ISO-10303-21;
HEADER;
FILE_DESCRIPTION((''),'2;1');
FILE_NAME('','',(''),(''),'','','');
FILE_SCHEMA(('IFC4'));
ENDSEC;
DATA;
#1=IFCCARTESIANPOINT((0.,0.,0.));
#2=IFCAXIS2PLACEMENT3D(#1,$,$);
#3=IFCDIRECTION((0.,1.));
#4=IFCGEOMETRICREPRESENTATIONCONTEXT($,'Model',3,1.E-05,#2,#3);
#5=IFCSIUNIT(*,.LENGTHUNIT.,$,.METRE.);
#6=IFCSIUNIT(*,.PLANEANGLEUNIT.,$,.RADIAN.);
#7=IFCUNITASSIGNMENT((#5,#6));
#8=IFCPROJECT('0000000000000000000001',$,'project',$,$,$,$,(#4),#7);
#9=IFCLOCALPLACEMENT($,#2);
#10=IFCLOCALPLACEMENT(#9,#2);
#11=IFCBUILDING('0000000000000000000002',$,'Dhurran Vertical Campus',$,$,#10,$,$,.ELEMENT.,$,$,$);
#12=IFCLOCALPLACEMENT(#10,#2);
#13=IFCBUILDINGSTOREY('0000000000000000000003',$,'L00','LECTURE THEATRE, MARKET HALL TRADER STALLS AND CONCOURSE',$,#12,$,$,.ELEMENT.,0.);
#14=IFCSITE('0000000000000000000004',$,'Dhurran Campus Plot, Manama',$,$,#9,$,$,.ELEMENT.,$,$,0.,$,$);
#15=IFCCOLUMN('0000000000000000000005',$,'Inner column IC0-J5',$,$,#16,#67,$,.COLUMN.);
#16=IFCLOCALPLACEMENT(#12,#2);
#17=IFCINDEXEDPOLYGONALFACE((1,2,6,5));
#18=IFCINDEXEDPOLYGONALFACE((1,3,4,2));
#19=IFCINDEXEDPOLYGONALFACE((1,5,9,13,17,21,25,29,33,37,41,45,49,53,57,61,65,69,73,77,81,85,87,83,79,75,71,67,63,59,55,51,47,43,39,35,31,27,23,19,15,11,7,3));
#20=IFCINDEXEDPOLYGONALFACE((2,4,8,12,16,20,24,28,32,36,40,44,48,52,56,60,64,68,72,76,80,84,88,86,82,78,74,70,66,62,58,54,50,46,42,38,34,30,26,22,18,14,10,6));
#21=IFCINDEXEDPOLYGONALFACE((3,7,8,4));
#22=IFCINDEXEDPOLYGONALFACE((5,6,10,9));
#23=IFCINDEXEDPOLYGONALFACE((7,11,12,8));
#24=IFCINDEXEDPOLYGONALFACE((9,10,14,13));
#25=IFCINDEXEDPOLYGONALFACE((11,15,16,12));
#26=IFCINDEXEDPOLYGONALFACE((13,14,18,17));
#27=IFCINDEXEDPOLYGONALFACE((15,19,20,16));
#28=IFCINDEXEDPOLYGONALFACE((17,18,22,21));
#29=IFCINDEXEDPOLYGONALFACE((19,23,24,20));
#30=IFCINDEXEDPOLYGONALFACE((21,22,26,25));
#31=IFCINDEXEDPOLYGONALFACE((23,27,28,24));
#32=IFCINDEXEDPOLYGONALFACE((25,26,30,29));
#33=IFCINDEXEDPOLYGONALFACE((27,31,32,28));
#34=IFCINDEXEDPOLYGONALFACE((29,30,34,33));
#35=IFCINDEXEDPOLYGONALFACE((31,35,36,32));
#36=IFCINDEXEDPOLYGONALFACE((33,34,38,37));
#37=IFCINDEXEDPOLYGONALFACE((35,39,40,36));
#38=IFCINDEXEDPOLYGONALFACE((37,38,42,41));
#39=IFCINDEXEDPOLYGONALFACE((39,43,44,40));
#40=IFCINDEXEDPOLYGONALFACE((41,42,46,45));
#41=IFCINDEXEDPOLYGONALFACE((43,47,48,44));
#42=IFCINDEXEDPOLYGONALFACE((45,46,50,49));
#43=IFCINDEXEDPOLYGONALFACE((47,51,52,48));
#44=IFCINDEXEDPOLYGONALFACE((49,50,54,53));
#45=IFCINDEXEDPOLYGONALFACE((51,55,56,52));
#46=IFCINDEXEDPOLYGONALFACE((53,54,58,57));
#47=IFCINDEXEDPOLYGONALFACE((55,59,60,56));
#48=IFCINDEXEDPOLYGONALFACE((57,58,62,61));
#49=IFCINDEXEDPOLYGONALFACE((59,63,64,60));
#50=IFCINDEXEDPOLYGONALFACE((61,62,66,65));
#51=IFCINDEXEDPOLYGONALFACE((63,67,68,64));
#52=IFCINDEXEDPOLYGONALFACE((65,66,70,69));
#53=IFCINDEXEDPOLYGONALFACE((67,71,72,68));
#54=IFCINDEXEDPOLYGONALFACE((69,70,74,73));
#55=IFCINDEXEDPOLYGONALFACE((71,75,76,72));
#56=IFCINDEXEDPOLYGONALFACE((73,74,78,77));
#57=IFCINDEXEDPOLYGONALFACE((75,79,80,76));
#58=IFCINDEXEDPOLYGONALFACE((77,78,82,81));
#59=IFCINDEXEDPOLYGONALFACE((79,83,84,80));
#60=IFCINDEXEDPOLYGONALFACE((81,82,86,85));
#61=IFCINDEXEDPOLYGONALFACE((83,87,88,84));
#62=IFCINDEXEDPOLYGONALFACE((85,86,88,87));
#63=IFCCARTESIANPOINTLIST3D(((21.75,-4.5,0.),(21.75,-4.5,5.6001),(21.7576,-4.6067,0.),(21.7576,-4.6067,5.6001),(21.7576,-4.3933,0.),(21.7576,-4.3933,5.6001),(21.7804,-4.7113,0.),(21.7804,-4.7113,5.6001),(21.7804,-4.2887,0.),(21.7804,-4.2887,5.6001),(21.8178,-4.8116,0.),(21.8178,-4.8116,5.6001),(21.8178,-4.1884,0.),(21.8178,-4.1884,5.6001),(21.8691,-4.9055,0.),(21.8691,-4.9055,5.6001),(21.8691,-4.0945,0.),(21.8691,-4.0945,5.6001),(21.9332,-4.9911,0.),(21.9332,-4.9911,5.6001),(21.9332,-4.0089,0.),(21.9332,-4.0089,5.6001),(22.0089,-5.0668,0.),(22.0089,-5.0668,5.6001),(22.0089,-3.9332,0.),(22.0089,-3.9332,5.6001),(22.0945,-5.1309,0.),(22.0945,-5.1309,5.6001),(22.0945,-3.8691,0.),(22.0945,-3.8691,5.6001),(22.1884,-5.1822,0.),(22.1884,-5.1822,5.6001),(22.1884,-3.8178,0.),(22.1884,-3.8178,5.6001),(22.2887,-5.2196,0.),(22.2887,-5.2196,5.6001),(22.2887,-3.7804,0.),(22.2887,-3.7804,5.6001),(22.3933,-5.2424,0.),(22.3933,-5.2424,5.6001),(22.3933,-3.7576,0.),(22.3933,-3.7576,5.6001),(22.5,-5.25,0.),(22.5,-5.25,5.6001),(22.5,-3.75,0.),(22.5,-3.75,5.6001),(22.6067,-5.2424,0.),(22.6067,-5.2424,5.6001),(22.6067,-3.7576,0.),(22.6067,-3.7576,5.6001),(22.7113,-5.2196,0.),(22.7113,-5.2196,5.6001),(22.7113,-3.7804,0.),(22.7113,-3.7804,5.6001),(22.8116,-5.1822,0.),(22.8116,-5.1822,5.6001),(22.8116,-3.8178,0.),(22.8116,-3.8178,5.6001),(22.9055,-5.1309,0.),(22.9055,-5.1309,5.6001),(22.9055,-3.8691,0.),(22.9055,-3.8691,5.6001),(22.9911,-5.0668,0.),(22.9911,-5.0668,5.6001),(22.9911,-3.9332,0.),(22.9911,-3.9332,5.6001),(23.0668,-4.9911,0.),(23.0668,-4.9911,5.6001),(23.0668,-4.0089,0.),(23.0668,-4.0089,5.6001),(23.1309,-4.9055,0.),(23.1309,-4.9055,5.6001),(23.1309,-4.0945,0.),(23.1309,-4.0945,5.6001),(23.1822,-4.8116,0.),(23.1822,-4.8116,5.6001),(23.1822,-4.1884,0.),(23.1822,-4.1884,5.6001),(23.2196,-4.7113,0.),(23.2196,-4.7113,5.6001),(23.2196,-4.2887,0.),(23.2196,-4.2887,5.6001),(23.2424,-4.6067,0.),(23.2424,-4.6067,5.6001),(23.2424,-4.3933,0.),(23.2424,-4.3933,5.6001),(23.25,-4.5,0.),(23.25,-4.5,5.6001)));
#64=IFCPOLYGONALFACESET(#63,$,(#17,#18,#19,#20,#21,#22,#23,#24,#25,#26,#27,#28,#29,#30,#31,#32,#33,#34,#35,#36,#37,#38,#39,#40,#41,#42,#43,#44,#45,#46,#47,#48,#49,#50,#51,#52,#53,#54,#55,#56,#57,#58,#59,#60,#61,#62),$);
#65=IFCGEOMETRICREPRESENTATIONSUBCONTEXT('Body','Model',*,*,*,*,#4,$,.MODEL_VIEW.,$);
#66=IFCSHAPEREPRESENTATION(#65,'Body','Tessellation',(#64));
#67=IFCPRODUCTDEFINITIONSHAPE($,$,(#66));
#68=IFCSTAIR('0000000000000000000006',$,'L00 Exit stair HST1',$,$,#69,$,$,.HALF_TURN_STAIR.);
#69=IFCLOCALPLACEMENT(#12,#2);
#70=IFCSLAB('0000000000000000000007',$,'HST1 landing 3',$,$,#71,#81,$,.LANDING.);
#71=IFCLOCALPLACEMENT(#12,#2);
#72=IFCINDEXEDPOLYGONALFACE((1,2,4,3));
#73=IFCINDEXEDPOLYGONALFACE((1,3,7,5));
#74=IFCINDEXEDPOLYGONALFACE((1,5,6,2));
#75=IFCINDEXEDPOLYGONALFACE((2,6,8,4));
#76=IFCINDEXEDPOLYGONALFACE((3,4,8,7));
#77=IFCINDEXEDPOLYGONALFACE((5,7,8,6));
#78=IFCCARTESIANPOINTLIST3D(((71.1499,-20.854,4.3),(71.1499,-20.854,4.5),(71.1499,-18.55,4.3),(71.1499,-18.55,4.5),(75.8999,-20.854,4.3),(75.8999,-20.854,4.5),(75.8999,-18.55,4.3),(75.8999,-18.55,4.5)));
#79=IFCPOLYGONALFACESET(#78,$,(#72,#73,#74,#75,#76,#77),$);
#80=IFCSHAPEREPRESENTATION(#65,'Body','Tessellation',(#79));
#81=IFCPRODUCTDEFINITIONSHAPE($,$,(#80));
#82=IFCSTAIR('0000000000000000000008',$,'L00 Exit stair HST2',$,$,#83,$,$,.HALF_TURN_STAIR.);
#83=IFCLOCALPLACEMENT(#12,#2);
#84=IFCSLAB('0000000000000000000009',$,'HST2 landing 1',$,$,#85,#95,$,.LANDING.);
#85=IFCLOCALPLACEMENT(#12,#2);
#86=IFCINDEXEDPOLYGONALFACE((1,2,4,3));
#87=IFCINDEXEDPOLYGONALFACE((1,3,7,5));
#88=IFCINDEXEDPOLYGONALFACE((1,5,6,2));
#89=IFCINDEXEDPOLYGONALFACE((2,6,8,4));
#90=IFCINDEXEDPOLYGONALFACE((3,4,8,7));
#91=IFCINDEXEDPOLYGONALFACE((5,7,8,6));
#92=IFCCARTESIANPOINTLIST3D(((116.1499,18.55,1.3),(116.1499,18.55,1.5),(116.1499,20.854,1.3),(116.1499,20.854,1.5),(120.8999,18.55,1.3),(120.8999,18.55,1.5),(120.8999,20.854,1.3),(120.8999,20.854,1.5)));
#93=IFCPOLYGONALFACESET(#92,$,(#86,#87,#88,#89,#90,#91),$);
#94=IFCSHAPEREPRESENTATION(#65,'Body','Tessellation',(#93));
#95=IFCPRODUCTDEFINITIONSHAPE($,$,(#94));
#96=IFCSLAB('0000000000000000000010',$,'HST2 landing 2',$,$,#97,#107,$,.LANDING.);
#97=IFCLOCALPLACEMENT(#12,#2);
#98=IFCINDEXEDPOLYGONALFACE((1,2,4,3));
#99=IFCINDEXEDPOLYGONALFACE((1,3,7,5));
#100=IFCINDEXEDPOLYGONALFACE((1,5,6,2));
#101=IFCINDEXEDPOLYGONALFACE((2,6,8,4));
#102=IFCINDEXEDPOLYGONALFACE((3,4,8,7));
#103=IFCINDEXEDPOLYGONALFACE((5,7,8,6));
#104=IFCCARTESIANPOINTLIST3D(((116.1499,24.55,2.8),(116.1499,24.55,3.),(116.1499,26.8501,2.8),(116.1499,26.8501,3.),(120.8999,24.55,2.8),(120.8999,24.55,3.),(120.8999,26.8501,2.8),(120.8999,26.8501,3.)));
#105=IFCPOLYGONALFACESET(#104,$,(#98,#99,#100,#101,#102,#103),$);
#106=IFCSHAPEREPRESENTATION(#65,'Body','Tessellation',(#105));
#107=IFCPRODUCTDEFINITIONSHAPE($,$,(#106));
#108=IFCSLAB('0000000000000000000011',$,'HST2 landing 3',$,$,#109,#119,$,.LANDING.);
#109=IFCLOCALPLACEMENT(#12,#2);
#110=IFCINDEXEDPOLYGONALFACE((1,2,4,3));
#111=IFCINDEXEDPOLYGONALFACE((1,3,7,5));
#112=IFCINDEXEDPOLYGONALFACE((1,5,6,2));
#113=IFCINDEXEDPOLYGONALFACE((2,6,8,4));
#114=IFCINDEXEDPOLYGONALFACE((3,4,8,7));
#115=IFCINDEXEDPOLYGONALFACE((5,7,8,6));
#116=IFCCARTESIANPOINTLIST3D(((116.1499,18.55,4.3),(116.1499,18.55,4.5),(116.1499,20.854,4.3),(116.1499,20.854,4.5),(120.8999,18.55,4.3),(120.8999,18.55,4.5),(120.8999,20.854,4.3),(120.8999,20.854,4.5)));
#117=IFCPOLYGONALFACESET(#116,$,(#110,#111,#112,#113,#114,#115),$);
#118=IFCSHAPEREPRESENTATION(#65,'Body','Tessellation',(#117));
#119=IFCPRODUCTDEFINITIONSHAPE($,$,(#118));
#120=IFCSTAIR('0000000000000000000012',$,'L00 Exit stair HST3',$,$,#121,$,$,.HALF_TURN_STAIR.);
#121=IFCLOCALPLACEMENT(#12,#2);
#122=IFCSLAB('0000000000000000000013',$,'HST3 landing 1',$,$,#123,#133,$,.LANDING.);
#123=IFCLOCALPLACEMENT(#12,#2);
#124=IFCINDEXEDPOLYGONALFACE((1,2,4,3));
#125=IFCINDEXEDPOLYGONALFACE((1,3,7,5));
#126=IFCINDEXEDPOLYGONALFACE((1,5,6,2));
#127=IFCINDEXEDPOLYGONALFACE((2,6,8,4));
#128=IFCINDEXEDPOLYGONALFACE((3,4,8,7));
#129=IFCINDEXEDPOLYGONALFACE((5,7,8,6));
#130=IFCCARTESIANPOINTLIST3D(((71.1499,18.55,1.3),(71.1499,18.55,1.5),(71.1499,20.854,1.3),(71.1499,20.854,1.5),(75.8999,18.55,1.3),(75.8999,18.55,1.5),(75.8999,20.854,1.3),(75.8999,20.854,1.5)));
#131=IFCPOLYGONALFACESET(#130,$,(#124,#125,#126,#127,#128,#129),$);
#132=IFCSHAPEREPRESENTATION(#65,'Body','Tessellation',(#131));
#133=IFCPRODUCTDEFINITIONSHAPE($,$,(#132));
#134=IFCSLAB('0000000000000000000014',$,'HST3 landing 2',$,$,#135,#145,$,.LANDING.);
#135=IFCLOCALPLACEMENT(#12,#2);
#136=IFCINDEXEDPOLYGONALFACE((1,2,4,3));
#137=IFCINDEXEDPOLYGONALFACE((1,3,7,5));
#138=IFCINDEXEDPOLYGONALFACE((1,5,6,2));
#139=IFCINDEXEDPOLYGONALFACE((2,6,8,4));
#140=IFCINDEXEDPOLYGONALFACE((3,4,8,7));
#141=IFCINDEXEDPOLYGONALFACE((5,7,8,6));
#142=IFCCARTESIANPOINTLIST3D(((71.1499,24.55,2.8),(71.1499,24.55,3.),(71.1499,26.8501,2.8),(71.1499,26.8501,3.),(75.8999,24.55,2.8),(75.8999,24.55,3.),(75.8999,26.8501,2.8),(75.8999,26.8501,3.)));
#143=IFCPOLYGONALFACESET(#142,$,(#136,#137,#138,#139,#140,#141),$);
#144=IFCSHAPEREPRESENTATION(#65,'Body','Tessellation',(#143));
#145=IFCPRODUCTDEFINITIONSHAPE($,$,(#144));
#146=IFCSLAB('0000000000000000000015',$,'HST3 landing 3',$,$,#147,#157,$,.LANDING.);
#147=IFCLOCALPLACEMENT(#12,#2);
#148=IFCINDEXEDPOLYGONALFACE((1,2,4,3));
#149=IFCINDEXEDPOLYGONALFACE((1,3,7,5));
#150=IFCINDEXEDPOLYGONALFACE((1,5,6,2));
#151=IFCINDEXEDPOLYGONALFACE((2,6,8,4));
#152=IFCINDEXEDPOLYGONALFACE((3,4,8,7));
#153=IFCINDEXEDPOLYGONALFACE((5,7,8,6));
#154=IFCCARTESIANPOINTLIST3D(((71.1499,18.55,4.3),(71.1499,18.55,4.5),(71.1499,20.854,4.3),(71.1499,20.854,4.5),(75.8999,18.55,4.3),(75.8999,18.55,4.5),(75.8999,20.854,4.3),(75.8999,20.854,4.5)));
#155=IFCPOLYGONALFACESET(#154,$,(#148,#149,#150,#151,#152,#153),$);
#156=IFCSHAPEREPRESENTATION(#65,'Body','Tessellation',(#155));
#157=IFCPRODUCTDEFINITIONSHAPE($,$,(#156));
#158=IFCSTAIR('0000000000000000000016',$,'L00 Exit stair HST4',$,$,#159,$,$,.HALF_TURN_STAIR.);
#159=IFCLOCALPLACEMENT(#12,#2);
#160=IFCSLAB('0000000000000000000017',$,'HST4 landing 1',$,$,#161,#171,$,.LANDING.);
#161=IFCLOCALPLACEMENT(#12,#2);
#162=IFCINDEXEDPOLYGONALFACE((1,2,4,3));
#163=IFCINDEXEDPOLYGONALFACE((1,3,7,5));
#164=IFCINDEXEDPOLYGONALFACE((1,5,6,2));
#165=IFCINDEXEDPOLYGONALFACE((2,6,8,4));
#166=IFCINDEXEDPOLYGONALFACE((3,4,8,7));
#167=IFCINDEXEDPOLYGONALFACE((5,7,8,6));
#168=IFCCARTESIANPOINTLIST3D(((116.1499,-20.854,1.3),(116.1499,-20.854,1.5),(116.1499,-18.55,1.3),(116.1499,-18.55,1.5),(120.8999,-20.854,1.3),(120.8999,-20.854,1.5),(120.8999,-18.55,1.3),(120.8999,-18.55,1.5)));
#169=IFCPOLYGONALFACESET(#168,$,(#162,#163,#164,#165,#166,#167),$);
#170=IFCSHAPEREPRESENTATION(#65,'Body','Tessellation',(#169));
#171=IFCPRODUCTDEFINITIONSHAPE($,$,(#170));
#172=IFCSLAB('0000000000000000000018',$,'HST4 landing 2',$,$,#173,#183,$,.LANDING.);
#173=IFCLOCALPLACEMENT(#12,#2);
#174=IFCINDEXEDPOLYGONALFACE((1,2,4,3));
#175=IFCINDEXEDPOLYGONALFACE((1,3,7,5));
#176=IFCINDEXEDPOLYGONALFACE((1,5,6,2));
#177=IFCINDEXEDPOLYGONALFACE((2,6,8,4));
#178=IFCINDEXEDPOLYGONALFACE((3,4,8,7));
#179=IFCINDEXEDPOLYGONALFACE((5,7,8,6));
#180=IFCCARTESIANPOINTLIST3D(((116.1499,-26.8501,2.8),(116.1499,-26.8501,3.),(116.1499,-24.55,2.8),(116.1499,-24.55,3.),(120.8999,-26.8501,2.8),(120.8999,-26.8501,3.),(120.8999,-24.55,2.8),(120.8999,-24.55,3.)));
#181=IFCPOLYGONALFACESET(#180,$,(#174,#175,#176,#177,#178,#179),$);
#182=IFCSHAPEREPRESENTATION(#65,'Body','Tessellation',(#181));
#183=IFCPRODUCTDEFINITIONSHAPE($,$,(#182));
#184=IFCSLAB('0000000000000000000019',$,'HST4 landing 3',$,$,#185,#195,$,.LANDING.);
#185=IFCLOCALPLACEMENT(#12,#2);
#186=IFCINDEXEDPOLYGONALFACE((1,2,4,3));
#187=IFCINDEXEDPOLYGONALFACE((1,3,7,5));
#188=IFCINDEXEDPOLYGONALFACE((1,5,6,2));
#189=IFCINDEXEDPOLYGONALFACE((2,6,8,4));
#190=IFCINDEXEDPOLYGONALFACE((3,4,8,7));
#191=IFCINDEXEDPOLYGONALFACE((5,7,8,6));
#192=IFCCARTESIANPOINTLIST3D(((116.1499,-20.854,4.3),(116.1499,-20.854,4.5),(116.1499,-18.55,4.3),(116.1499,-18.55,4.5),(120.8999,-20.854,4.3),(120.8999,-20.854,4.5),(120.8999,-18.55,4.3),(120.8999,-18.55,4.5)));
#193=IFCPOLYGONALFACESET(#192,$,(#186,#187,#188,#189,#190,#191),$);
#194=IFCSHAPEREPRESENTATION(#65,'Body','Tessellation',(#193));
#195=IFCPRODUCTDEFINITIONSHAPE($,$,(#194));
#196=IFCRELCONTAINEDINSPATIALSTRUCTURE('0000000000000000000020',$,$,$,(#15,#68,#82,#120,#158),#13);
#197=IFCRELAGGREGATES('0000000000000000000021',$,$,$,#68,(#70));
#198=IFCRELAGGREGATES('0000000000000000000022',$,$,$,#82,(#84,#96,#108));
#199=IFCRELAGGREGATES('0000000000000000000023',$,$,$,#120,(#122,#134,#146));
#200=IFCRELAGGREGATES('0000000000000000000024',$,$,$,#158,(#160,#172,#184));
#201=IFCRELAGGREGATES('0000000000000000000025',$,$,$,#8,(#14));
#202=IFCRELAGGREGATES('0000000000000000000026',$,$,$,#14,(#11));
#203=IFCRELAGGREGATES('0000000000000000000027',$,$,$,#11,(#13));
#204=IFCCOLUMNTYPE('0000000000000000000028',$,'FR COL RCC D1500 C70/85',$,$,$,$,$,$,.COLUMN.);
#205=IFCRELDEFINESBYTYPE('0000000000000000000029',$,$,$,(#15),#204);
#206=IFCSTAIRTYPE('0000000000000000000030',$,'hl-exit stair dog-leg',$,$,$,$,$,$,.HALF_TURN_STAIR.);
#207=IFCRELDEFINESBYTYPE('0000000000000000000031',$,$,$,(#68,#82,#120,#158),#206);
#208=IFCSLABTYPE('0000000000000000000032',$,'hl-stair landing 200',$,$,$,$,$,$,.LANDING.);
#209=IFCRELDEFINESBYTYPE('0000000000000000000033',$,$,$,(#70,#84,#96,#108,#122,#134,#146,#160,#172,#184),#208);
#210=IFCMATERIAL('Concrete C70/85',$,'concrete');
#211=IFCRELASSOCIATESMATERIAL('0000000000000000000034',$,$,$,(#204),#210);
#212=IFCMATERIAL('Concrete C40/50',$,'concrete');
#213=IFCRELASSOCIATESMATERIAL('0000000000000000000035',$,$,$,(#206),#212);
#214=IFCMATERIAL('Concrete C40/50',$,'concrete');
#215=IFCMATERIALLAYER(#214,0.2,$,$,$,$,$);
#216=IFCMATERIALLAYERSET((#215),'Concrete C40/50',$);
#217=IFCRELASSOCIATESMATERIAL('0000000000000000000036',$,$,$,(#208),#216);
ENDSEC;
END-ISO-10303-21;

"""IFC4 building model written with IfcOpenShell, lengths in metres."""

from ifc_helpers import new_model, si_unit, direction, frame, origin, origin_2d, place, context, subcontext, project, spatial, polyline, circle, outline, extrude, material, layer, layer_set, material_profile, profile_set, type_object, element, aggregate, save


model = new_model("IFC4")

# Units and contexts
model_context = context("Model", 3, precision=1e-05, world=origin(), true_north=direction((0.0, 1.0)))
body_context = subcontext(model_context, "Body", "Model", "MODEL_VIEW")
ifc_project = project(units=[si_unit("LENGTHUNIT", "METRE"), si_unit("PLANEANGLEUNIT", "RADIAN")], contexts=[model_context])

# Site, building, storey
site_placement = place(None, origin())
site = spatial("IfcSite", under=ifc_project, at=site_placement, Name="Dhurran Campus Plot, Manama", CompositionType="ELEMENT", RefElevation=0.0)
building_placement = place(site_placement, origin())
building = spatial("IfcBuilding", under=site, at=building_placement, Name="Dhurran Vertical Campus", CompositionType="ELEMENT")
storey_placement = place(building_placement, origin())
storey = spatial("IfcBuildingStorey", under=building, at=storey_placement, Name="L00", Description="LECTURE THEATRE, MARKET HALL TRADER STALLS AND CONCOURSE", CompositionType="ELEMENT", Elevation=0.0)

# Column
ifc_material_1 = material(Name="Concrete C70/85", Category="concrete")
ifc_material_profile = material_profile(ifc_material_1, circle(Radius=0.75, at=origin_2d()), Name="RCC D1500")
ifc_profile_set = profile_set([ifc_material_profile], Name="Concrete C70/85")
column_type = type_object("IfcColumnType", Name="FR COL RCC D1500 C70/85", PredefinedType="COLUMN", material=ifc_profile_set)
column_placement = place(storey_placement, frame((22.5, -4.5, 0.0), z_axis=(0.0, 0.0, 1.0), x_axis=(1.0, 0.0, 0.0)))
element("IfcColumn", 1, at=column_placement, inside=storey, type_object=column_type, Name="Inner column IC0-J5", PredefinedType="COLUMN", context=body_context, shape_type="SweptSolid", body=[
    extrude(circle(Radius=0.75, at=origin_2d()), origin(), (0.0, 0.0, 1.0), 5.6001),
])

# Stair, slab
ifc_material_2 = material(Name="Concrete C40/50", Category="concrete")
stair_type = type_object("IfcStairType", Name="hl-exit stair dog-leg", PredefinedType="HALF_TURN_STAIR", material=ifc_material_2)
stair_1_placement = place(storey_placement, origin())
stair_1 = element("IfcStair", 2, at=stair_1_placement, inside=storey, type_object=stair_type, Name="L00 Exit stair HST1", PredefinedType="HALF_TURN_STAIR")
ifc_material_3 = material(Name="Concrete C40/50", Category="concrete")
ifc_layer_1 = layer(ifc_material_3, 0.2)
ifc_layer_set_1 = layer_set([ifc_layer_1], Name="Concrete C40/50")
slab_type = type_object("IfcSlabType", Name="hl-stair landing 200", PredefinedType="LANDING", material=ifc_layer_set_1)
slab_1_placement = place(storey_placement, frame((0.0, 0.0, 4.3)))
slab_1 = element("IfcSlab", 3, at=slab_1_placement, type_object=slab_type, Name="HST1 landing 3", PredefinedType="LANDING", context=body_context, shape_type="SweptSolid", body=[
    extrude(outline(polyline([(75.8999, -20.854), (75.8999, -18.55), (71.1499, -18.55), (71.1499, -20.854), (75.8999, -20.854)])), origin(), (0.0, 0.0, 1.0), 0.2),
])
aggregate(stair_1, [slab_1])

# Stairs, slabs
stair_2_placement = place(storey_placement, origin())
stair_2 = element("IfcStair", 4, at=stair_2_placement, inside=storey, type_object=stair_type, Name="L00 Exit stair HST2", PredefinedType="HALF_TURN_STAIR")
slab_2_placement = place(storey_placement, frame((0.0, 0.0, 1.3)))
slab_2 = element("IfcSlab", 5, at=slab_2_placement, type_object=slab_type, Name="HST2 landing 1", PredefinedType="LANDING", context=body_context, shape_type="SweptSolid", body=[
    extrude(outline(polyline([(116.1499, 20.854), (116.1499, 18.55), (120.8999, 18.55), (120.8999, 20.854), (116.1499, 20.854)])), origin(), (0.0, 0.0, 1.0), 0.2),
])
slab_3_placement = place(storey_placement, frame((0.0, 0.0, 2.8)))
slab_3 = element("IfcSlab", 6, at=slab_3_placement, type_object=slab_type, Name="HST2 landing 2", PredefinedType="LANDING", context=body_context, shape_type="SweptSolid", body=[
    extrude(outline(polyline([(116.1499, 26.8501), (116.1499, 24.55), (120.8999, 24.55), (120.8999, 26.8501), (116.1499, 26.8501)])), origin(), (0.0, 0.0, 1.0), 0.2),
])
slab_4_placement = place(storey_placement, frame((0.0, 0.0, 4.3)))
slab_4 = element("IfcSlab", 7, at=slab_4_placement, type_object=slab_type, Name="HST2 landing 3", PredefinedType="LANDING", context=body_context, shape_type="SweptSolid", body=[
    extrude(outline(polyline([(116.1499, 20.854), (116.1499, 18.55), (120.8999, 18.55), (120.8999, 20.854), (116.1499, 20.854)])), origin(), (0.0, 0.0, 1.0), 0.2),
])
aggregate(stair_2, [slab_2, slab_3, slab_4])
stair_3_placement = place(storey_placement, origin())
stair_3 = element("IfcStair", 8, at=stair_3_placement, inside=storey, type_object=stair_type, Name="L00 Exit stair HST3", PredefinedType="HALF_TURN_STAIR")
slab_5_placement = place(storey_placement, frame((0.0, 0.0, 1.3)))
slab_5 = element("IfcSlab", 9, at=slab_5_placement, type_object=slab_type, Name="HST3 landing 1", PredefinedType="LANDING", context=body_context, shape_type="SweptSolid", body=[
    extrude(outline(polyline([(71.1499, 20.854), (71.1499, 18.55), (75.8999, 18.55), (75.8999, 20.854), (71.1499, 20.854)])), origin(), (0.0, 0.0, 1.0), 0.2),
])
slab_6_placement = place(storey_placement, frame((0.0, 0.0, 2.8)))
slab_6 = element("IfcSlab", 10, at=slab_6_placement, type_object=slab_type, Name="HST3 landing 2", PredefinedType="LANDING", context=body_context, shape_type="SweptSolid", body=[
    extrude(outline(polyline([(71.1499, 26.8501), (71.1499, 24.55), (75.8999, 24.55), (75.8999, 26.8501), (71.1499, 26.8501)])), origin(), (0.0, 0.0, 1.0), 0.2),
])
slab_7_placement = place(storey_placement, frame((0.0, 0.0, 4.3)))
slab_7 = element("IfcSlab", 11, at=slab_7_placement, type_object=slab_type, Name="HST3 landing 3", PredefinedType="LANDING", context=body_context, shape_type="SweptSolid", body=[
    extrude(outline(polyline([(71.1499, 20.854), (71.1499, 18.55), (75.8999, 18.55), (75.8999, 20.854), (71.1499, 20.854)])), origin(), (0.0, 0.0, 1.0), 0.2),
])
aggregate(stair_3, [slab_5, slab_6, slab_7])
stair_4_placement = place(storey_placement, origin())
stair_4 = element("IfcStair", 12, at=stair_4_placement, inside=storey, type_object=stair_type, Name="L00 Exit stair HST4", PredefinedType="HALF_TURN_STAIR")
slab_8_placement = place(storey_placement, frame((0.0, 0.0, 1.3)))
slab_8 = element("IfcSlab", 13, at=slab_8_placement, type_object=slab_type, Name="HST4 landing 1", PredefinedType="LANDING", context=body_context, shape_type="SweptSolid", body=[
    extrude(outline(polyline([(120.8999, -20.854), (120.8999, -18.55), (116.1499, -18.55), (116.1499, -20.854), (120.8999, -20.854)])), origin(), (0.0, 0.0, 1.0), 0.2),
])
slab_9_placement = place(storey_placement, frame((0.0, 0.0, 2.8)))
slab_9 = element("IfcSlab", 14, at=slab_9_placement, type_object=slab_type, Name="HST4 landing 2", PredefinedType="LANDING", context=body_context, shape_type="SweptSolid", body=[
    extrude(outline(polyline([(120.8999, -26.8501), (120.8999, -24.55), (116.1499, -24.55), (116.1499, -26.8501), (120.8999, -26.8501)])), origin(), (0.0, 0.0, 1.0), 0.2),
])
slab_10_placement = place(storey_placement, frame((0.0, 0.0, 4.3)))
slab_10 = element("IfcSlab", 15, at=slab_10_placement, type_object=slab_type, Name="HST4 landing 3", PredefinedType="LANDING", context=body_context, shape_type="SweptSolid", body=[
    extrude(outline(polyline([(120.8999, -20.854), (120.8999, -18.55), (116.1499, -18.55), (116.1499, -20.854), (120.8999, -20.854)])), origin(), (0.0, 0.0, 1.0), 0.2),
])
aggregate(stair_4, [slab_8, slab_9, slab_10])

save(model, "model.ifc")
